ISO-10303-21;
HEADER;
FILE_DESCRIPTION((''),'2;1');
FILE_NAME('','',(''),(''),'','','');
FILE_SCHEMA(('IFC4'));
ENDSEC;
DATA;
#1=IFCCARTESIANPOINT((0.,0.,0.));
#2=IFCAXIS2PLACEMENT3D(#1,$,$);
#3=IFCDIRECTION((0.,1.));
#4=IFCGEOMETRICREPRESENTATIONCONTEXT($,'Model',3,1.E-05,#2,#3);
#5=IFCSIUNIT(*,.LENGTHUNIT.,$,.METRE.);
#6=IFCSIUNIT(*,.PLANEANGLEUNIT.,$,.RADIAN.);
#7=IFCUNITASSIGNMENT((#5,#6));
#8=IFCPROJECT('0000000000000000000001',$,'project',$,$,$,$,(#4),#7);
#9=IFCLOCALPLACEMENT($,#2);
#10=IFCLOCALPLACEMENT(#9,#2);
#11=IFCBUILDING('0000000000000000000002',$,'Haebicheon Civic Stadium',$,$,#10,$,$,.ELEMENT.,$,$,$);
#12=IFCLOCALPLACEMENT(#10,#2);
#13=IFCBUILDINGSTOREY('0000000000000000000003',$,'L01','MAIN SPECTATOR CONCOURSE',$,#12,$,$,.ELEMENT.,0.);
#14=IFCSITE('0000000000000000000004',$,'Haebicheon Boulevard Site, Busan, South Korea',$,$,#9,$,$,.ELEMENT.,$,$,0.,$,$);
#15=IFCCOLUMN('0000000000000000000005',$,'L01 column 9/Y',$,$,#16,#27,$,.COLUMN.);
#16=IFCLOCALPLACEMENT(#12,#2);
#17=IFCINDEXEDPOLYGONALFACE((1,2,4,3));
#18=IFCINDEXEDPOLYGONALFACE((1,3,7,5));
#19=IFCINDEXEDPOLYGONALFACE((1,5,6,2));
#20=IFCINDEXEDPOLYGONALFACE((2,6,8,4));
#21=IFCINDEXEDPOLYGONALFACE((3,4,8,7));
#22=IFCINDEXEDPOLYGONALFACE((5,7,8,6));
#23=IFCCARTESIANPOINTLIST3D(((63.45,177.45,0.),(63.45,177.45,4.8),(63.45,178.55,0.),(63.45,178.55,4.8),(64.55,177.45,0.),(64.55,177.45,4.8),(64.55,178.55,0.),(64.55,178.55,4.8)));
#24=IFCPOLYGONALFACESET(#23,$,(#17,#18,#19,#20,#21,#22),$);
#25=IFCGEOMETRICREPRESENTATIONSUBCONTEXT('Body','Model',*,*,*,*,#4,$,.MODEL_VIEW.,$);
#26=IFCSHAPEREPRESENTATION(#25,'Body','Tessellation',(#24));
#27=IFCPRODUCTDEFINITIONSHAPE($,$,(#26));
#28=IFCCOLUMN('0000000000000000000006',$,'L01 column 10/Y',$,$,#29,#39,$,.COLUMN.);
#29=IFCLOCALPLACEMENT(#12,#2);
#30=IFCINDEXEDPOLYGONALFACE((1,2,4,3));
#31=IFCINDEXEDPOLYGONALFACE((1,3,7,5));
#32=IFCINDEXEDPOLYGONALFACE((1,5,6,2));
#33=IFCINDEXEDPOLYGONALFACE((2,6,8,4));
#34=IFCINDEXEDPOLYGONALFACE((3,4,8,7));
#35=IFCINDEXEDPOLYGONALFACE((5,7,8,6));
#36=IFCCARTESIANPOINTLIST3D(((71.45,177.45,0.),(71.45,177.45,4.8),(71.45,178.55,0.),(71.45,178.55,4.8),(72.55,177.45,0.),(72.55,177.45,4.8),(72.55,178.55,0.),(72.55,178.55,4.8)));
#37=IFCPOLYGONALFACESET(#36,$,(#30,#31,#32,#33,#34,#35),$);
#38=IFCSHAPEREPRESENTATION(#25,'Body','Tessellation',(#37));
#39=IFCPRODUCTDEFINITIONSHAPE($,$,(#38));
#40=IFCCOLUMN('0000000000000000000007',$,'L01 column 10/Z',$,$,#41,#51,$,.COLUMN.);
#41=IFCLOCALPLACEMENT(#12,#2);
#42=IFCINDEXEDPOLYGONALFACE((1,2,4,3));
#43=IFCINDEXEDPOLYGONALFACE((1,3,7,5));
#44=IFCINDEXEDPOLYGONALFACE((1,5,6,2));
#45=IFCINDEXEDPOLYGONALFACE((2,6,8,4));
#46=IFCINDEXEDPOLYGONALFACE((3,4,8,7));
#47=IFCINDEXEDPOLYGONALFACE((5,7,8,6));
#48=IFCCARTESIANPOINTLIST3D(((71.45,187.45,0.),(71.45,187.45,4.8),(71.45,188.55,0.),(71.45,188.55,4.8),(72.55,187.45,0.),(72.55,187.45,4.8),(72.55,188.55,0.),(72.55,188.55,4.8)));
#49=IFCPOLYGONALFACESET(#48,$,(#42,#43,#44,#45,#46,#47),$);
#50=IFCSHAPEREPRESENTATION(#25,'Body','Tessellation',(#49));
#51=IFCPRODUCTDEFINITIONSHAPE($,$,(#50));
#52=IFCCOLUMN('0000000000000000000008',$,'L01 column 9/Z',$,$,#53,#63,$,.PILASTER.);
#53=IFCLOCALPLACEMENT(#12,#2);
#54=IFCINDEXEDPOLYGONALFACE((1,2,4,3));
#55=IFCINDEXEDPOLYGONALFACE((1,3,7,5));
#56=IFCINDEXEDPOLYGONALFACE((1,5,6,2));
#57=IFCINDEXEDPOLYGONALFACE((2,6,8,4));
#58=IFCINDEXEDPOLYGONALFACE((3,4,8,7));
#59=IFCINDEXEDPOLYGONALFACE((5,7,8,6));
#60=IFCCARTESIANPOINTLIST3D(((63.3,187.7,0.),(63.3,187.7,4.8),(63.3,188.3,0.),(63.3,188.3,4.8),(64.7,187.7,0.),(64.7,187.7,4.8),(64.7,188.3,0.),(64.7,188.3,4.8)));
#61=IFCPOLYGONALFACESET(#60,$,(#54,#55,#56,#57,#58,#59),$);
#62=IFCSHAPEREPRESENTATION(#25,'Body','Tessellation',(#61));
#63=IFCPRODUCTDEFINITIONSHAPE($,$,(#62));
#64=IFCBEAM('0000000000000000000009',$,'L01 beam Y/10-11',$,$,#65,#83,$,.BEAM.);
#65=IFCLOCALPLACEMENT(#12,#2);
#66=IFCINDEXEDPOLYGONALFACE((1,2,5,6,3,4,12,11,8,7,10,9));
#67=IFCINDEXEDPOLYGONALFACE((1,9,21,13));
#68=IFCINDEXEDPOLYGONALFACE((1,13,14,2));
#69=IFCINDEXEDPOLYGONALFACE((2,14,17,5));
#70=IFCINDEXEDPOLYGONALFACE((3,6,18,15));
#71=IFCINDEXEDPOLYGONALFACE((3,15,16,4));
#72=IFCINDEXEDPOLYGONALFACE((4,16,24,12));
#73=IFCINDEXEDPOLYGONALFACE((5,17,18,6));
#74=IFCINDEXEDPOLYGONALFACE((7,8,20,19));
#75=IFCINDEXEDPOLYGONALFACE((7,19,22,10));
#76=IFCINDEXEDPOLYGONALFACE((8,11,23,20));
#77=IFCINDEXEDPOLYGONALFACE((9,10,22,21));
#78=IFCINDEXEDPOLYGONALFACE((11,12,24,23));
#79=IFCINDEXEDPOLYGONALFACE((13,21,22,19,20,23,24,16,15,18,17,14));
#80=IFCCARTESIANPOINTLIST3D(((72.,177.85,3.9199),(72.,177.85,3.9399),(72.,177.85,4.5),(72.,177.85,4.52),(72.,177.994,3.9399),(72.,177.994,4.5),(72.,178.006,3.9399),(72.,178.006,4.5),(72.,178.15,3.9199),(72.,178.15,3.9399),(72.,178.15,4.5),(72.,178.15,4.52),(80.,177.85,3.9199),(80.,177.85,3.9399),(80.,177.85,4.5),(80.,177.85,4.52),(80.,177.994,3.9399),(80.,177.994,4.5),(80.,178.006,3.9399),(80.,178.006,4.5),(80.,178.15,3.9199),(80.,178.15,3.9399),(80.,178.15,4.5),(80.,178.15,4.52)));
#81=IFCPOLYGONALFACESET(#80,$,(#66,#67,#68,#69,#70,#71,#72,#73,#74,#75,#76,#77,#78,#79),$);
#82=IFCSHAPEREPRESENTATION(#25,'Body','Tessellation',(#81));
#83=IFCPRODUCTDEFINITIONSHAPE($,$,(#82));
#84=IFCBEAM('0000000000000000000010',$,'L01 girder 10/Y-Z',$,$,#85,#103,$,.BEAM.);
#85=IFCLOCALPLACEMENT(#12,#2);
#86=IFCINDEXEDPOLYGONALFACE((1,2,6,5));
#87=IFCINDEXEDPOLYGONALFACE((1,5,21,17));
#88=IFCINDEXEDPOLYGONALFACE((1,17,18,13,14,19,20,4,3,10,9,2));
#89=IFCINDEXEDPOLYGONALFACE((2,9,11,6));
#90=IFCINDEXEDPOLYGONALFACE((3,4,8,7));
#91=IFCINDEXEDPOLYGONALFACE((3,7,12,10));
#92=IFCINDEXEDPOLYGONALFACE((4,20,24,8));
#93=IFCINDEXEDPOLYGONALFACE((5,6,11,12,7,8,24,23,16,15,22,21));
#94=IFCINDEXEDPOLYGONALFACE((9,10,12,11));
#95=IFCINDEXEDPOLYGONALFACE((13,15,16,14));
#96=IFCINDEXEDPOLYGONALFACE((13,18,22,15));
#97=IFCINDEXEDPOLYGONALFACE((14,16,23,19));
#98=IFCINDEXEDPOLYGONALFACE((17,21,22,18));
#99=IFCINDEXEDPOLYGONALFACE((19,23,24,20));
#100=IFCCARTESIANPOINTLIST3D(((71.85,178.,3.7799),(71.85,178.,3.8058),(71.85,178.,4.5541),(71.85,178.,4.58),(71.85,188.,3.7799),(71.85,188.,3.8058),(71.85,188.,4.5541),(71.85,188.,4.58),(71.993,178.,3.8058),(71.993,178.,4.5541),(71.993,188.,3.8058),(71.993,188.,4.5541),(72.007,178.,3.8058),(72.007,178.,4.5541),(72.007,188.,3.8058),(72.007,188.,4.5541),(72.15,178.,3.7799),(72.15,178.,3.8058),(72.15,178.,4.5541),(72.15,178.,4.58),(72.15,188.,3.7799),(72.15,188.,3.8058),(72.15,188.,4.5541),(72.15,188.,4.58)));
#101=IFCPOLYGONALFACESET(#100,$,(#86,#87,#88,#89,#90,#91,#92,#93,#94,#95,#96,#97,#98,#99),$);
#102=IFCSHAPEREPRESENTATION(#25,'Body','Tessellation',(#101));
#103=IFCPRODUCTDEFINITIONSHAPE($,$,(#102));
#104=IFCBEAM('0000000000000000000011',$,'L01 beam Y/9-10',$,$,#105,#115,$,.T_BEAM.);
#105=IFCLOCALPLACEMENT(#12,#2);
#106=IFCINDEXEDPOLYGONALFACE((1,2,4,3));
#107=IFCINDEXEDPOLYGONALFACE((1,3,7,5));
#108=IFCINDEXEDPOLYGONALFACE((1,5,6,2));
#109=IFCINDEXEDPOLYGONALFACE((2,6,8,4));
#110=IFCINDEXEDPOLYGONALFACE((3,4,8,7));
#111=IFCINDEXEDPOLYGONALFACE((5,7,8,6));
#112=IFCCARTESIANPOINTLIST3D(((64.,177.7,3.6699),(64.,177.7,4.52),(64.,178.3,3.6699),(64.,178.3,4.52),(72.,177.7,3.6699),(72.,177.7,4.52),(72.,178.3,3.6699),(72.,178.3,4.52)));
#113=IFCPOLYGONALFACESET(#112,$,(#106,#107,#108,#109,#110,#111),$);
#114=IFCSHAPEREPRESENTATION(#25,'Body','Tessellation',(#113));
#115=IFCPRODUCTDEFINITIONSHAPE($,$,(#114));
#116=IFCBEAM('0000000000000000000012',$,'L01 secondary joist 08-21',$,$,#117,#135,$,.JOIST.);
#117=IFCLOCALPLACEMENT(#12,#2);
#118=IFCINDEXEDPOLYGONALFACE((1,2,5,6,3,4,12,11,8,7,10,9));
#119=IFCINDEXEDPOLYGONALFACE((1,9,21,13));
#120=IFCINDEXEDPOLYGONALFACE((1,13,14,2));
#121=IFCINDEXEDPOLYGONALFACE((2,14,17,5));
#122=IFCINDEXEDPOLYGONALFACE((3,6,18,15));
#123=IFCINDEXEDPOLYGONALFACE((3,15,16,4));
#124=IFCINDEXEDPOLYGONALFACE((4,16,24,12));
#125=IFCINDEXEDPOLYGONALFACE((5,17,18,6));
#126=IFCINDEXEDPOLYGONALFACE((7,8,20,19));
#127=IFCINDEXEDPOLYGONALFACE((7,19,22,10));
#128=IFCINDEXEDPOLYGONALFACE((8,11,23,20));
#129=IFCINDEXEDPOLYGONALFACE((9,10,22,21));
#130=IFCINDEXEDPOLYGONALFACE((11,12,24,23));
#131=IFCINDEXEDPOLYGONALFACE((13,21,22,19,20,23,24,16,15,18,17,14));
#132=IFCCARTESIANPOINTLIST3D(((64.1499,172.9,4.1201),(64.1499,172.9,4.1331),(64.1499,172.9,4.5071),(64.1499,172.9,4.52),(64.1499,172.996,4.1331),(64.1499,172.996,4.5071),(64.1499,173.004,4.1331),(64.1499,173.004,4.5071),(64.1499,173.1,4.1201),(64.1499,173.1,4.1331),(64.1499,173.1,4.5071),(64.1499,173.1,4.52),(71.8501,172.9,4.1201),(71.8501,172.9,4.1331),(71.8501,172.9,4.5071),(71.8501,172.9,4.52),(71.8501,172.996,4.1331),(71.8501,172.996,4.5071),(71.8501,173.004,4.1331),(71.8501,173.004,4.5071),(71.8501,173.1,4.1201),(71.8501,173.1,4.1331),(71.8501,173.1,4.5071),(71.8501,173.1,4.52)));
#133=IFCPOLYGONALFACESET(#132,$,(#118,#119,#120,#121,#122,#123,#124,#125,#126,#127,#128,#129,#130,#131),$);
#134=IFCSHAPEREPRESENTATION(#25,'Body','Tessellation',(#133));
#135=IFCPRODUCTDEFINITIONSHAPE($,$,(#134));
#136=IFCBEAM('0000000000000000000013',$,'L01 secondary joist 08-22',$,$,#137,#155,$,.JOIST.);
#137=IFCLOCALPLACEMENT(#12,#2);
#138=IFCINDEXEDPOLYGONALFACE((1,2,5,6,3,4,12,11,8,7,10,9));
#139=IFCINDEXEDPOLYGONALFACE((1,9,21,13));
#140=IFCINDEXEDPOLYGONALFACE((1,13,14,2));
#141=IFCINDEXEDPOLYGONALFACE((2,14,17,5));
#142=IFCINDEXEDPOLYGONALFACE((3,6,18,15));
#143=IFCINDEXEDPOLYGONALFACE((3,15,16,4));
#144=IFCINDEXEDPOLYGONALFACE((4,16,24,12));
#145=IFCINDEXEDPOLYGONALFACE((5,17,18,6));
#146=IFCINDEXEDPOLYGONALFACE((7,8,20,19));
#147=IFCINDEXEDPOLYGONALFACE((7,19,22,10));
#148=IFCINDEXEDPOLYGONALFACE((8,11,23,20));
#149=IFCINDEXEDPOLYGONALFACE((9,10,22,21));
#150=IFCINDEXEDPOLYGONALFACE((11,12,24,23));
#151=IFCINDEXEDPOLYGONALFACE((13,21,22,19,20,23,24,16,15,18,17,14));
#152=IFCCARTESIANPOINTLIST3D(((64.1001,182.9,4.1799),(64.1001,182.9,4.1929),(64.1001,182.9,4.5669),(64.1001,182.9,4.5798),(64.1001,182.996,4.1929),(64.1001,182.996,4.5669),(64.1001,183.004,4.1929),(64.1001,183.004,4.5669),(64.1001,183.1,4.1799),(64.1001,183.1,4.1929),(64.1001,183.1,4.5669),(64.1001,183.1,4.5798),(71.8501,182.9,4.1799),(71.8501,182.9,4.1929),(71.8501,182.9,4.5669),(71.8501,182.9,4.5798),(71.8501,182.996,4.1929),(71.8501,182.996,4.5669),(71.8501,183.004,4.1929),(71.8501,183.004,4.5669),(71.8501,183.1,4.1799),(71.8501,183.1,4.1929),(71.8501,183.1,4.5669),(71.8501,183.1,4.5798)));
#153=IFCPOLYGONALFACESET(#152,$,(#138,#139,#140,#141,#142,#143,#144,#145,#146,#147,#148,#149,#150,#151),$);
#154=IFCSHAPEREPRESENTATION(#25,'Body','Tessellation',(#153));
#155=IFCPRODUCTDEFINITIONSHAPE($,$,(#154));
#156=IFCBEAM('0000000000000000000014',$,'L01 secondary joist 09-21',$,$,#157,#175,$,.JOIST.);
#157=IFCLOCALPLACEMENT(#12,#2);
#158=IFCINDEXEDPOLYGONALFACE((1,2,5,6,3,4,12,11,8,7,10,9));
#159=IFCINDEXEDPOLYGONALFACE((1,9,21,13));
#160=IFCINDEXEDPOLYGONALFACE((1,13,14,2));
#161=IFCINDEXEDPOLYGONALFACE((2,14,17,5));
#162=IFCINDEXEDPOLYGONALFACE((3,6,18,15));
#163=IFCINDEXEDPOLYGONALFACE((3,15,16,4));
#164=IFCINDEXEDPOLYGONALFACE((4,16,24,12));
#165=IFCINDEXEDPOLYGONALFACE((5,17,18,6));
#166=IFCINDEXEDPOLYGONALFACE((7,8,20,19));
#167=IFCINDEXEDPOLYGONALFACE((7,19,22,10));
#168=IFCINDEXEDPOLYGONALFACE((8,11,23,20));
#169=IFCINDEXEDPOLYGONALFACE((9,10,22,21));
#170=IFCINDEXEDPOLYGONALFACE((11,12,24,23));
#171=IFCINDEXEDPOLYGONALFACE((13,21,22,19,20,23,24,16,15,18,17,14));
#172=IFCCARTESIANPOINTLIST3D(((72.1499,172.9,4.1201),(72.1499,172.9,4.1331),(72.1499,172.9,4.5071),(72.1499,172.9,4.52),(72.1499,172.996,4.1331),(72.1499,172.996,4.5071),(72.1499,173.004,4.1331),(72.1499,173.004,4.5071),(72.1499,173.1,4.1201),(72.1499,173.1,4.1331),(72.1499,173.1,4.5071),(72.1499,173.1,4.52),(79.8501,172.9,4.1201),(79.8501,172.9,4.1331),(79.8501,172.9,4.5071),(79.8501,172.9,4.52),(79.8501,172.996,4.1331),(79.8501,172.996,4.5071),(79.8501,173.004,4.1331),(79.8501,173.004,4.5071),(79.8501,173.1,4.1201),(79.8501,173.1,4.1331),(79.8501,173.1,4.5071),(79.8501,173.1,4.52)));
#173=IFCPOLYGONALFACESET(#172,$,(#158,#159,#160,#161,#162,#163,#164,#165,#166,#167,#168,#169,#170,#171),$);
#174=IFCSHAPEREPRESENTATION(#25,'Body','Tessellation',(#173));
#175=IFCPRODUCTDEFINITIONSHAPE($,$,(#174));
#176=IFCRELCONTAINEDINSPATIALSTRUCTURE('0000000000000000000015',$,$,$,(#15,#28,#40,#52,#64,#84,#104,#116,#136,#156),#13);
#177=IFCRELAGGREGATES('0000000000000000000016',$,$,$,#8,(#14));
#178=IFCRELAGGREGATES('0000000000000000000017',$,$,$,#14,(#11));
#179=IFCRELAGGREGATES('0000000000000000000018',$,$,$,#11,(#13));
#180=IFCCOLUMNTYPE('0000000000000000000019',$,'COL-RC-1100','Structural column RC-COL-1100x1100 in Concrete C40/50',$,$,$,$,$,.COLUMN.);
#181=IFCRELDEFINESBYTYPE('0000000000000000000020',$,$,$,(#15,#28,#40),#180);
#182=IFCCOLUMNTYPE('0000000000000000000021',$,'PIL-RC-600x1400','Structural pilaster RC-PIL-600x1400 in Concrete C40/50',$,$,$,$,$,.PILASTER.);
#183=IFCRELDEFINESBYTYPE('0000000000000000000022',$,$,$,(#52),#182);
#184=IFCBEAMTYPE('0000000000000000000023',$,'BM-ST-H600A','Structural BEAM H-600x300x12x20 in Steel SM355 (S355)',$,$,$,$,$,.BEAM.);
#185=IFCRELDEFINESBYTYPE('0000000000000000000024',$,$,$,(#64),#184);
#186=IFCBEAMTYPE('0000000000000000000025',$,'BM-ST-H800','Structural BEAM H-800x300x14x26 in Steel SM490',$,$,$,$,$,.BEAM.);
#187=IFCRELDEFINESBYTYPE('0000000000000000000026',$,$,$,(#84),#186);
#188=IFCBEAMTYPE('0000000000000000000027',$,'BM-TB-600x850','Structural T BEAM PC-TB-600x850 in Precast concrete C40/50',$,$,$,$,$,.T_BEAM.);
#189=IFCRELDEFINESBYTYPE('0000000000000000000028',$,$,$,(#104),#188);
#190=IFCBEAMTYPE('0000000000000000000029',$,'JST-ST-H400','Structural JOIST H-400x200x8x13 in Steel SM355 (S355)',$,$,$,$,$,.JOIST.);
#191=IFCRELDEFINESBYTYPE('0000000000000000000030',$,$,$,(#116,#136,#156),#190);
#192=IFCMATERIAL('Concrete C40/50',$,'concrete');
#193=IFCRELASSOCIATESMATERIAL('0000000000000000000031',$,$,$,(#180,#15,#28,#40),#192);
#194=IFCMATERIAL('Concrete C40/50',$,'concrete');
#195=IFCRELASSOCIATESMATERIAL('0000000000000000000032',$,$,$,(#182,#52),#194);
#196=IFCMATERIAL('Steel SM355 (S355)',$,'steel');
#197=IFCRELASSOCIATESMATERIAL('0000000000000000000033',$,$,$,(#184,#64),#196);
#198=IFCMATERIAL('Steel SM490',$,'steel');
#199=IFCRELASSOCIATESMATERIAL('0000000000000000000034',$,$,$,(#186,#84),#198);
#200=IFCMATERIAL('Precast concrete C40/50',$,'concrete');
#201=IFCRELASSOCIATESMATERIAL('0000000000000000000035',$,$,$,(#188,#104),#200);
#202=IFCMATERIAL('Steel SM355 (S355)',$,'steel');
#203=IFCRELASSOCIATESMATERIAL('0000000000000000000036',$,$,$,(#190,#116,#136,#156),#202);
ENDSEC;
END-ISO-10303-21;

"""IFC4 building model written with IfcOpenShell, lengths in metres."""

from ifc_helpers import new_model, si_unit, direction, frame, origin, origin_2d, place, context, subcontext, project, spatial, rectangle, i_section, extrude, material, material_profile, profile_set, type_object, element, save


model = new_model("IFC4")

# Units and contexts
model_context = context("Model", 3, precision=1e-05, world=origin(), true_north=direction((0.0, 1.0)))
body_context = subcontext(model_context, "Body", "Model", "MODEL_VIEW")
ifc_project = project(units=[si_unit("LENGTHUNIT", "METRE"), si_unit("PLANEANGLEUNIT", "RADIAN")], contexts=[model_context])

# Site, building, storey
site_placement = place(None, origin())
site = spatial("IfcSite", under=ifc_project, at=site_placement, Name="Haebicheon Boulevard Site, Busan, South Korea", CompositionType="ELEMENT", RefElevation=0.0)
building_placement = place(site_placement, origin())
building = spatial("IfcBuilding", under=site, at=building_placement, Name="Haebicheon Civic Stadium", CompositionType="ELEMENT")
storey_placement = place(building_placement, origin())
storey = spatial("IfcBuildingStorey", under=building, at=storey_placement, Name="L01", Description="MAIN SPECTATOR CONCOURSE", CompositionType="ELEMENT", Elevation=0.0)

# Columns
ifc_material_1 = material(Name="Concrete C40/50", Category="concrete")
ifc_material_profile_1 = material_profile(ifc_material_1, rectangle(XDim=1.1001, YDim=1.1001, at=origin_2d()), Name="RC-COL-1100x1100")
ifc_profile_set_1 = profile_set([ifc_material_profile_1], Name="Concrete C40/50")
column_type_1 = type_object("IfcColumnType", Name="COL-RC-1100", Description="Structural column RC-COL-1100x1100 in Concrete C40/50", PredefinedType="COLUMN", material=ifc_profile_set_1)
for number, where, z_axis, x_axis, name in (
    (1, (64.0, 178.0, 0.0), (0.0, 0.0, 1.0), (1.0, 0.0, 0.0), "L01 column 9/Y"),
    (2, (72.0, 178.0, 0.0), (0.0, 0.0, 1.0), (1.0, 0.0, 0.0), "L01 column 10/Y"),
    (3, (72.0, 188.0, 0.0), (0.0, 0.0, 1.0), (1.0, 0.0, 0.0), "L01 column 10/Z"),
):
    element("IfcColumn", number, at=place(storey_placement, frame(where, z_axis=z_axis, x_axis=x_axis)), inside=storey, type_object=column_type_1, material=ifc_profile_set_1, Name=name, PredefinedType="COLUMN", context=body_context, shape_type="SweptSolid", body=[
        extrude(rectangle(XDim=1.1001, YDim=1.1001, at=origin_2d()), origin(), (0.0, 0.0, 1.0), 4.8),
    ])
ifc_material_2 = material(Name="Concrete C40/50", Category="concrete")
ifc_material_profile_2 = material_profile(ifc_material_2, rectangle(XDim=0.6001, YDim=1.3999, at=origin_2d()), Name="RC-PIL-600x1400")
ifc_profile_set_2 = profile_set([ifc_material_profile_2], Name="Concrete C40/50")
column_type_2 = type_object("IfcColumnType", Name="PIL-RC-600x1400", Description="Structural pilaster RC-PIL-600x1400 in Concrete C40/50", PredefinedType="PILASTER", material=ifc_profile_set_2)
column_placement = place(storey_placement, frame((64.0, 188.0, 0.0), z_axis=(0.0, 0.0, 1.0), x_axis=(0.0, 1.0, 0.0)))
element("IfcColumn", 4, at=column_placement, inside=storey, type_object=column_type_2, material=ifc_profile_set_2, Name="L01 column 9/Z", PredefinedType="PILASTER", context=body_context, shape_type="SweptSolid", body=[
    extrude(rectangle(XDim=0.6001, YDim=1.3999, at=origin_2d()), origin(), (0.0, 0.0, 1.0), 4.8),
])

# Beams
ifc_material_3 = material(Name="Steel SM355 (S355)", Category="steel")
ifc_material_profile_3 = material_profile(ifc_material_3, i_section(OverallWidth=0.3, OverallDepth=0.6001, WebThickness=0.012, FlangeThickness=0.02, at=origin_2d()), Name="H-600x300x12x20")
ifc_profile_set_3 = profile_set([ifc_material_profile_3], Name="Steel SM355 (S355)")
beam_type_1 = type_object("IfcBeamType", Name="BM-ST-H600A", Description="Structural BEAM H-600x300x12x20 in Steel SM355 (S355)", PredefinedType="BEAM", material=ifc_profile_set_3)
beam_1_placement = place(storey_placement, frame((72.0, 178.0, 4.22), z_axis=(1.0, 0.0, 0.0), x_axis=(0.0, 1.0, 0.0)))
element("IfcBeam", 5, at=beam_1_placement, inside=storey, type_object=beam_type_1, material=ifc_profile_set_3, Name="L01 beam Y/10-11", PredefinedType="BEAM", context=body_context, shape_type="SweptSolid", body=[
    extrude(i_section(OverallWidth=0.3, OverallDepth=0.6001, WebThickness=0.012, FlangeThickness=0.02, at=origin_2d()), origin(), (0.0, 0.0, 1.0), 8.0),
])
ifc_material_4 = material(Name="Steel SM490", Category="steel")
ifc_material_profile_4 = material_profile(ifc_material_4, i_section(OverallWidth=0.3, OverallDepth=0.8, WebThickness=0.0139, FlangeThickness=0.0259, at=origin_2d()), Name="H-800x300x14x26")
ifc_profile_set_4 = profile_set([ifc_material_profile_4], Name="Steel SM490")
beam_type_2 = type_object("IfcBeamType", Name="BM-ST-H800", Description="Structural BEAM H-800x300x14x26 in Steel SM490", PredefinedType="BEAM", material=ifc_profile_set_4)
beam_2_placement = place(storey_placement, frame((72.0, 178.0, 4.1799), z_axis=(0.0, 1.0, 0.0), x_axis=(-1.0, 0.0, 0.0)))
element("IfcBeam", 6, at=beam_2_placement, inside=storey, type_object=beam_type_2, material=ifc_profile_set_4, Name="L01 girder 10/Y-Z", PredefinedType="BEAM", context=body_context, shape_type="SweptSolid", body=[
    extrude(i_section(OverallWidth=0.3, OverallDepth=0.8, WebThickness=0.0139, FlangeThickness=0.0259, at=origin_2d()), origin(), (0.0, 0.0, 1.0), 10.0),
])
ifc_material_5 = material(Name="Precast concrete C40/50", Category="concrete")
ifc_material_profile_5 = material_profile(ifc_material_5, rectangle(XDim=0.6001, YDim=0.8501, at=origin_2d()), Name="PC-TB-600x850")
ifc_profile_set_5 = profile_set([ifc_material_profile_5], Name="Precast concrete C40/50")
beam_type_3 = type_object("IfcBeamType", Name="BM-TB-600x850", Description="Structural T BEAM PC-TB-600x850 in Precast concrete C40/50", PredefinedType="T_BEAM", material=ifc_profile_set_5)
beam_3_placement = place(storey_placement, frame((64.0, 178.0, 4.095), z_axis=(1.0, 0.0, 0.0), x_axis=(0.0, 1.0, 0.0)))
element("IfcBeam", 7, at=beam_3_placement, inside=storey, type_object=beam_type_3, material=ifc_profile_set_5, Name="L01 beam Y/9-10", PredefinedType="T_BEAM", context=body_context, shape_type="SweptSolid", body=[
    extrude(rectangle(XDim=0.6001, YDim=0.8501, at=origin_2d()), origin(), (0.0, 0.0, 1.0), 8.0),
])
ifc_material_6 = material(Name="Steel SM355 (S355)", Category="steel")
ifc_material_profile_6 = material_profile(ifc_material_6, i_section(OverallWidth=0.2, OverallDepth=0.3999, WebThickness=0.0081, FlangeThickness=0.0129, at=origin_2d()), Name="H-400x200x8x13")
ifc_profile_set_6 = profile_set([ifc_material_profile_6], Name="Steel SM355 (S355)")
beam_type_4 = type_object("IfcBeamType", Name="JST-ST-H400", Description="Structural JOIST H-400x200x8x13 in Steel SM355 (S355)", PredefinedType="JOIST", material=ifc_profile_set_6)
beam_4_placement = place(storey_placement, frame((64.1499, 173.0, 4.3201), z_axis=(1.0, 0.0, 0.0), x_axis=(0.0, 1.0, 0.0)))
element("IfcBeam", 8, at=beam_4_placement, inside=storey, type_object=beam_type_4, material=ifc_profile_set_6, Name="L01 secondary joist 08-21", PredefinedType="JOIST", context=body_context, shape_type="SweptSolid", body=[
    extrude(i_section(OverallWidth=0.2, OverallDepth=0.3999, WebThickness=0.0081, FlangeThickness=0.0129, at=origin_2d()), origin(), (0.0, 0.0, 1.0), 7.7002),
])
beam_5_placement = place(storey_placement, frame((64.1001, 183.0, 4.3799), z_axis=(1.0, 0.0, 0.0), x_axis=(0.0, 1.0, 0.0)))
element("IfcBeam", 9, at=beam_5_placement, inside=storey, type_object=beam_type_4, material=ifc_profile_set_6, Name="L01 secondary joist 08-22", PredefinedType="JOIST", context=body_context, shape_type="SweptSolid", body=[
    extrude(i_section(OverallWidth=0.2, OverallDepth=0.3999, WebThickness=0.0081, FlangeThickness=0.0129, at=origin_2d()), origin(), (0.0, 0.0, 1.0), 7.75),
])
for number, where, z_axis, x_axis, name in (
    (10, (72.1499, 173.0, 4.3201), (1.0, 0.0, 0.0), (0.0, 1.0, 0.0), "L01 secondary joist 09-21"),
):
    element("IfcBeam", number, at=place(storey_placement, frame(where, z_axis=z_axis, x_axis=x_axis)), inside=storey, type_object=beam_type_4, material=ifc_profile_set_6, Name=name, PredefinedType="JOIST", context=body_context, shape_type="SweptSolid", body=[
        extrude(i_section(OverallWidth=0.2, OverallDepth=0.3999, WebThickness=0.0081, FlangeThickness=0.0129, at=origin_2d()), origin(), (0.0, 0.0, 1.0), 7.7002),
    ])

save(model, "model.ifc")
